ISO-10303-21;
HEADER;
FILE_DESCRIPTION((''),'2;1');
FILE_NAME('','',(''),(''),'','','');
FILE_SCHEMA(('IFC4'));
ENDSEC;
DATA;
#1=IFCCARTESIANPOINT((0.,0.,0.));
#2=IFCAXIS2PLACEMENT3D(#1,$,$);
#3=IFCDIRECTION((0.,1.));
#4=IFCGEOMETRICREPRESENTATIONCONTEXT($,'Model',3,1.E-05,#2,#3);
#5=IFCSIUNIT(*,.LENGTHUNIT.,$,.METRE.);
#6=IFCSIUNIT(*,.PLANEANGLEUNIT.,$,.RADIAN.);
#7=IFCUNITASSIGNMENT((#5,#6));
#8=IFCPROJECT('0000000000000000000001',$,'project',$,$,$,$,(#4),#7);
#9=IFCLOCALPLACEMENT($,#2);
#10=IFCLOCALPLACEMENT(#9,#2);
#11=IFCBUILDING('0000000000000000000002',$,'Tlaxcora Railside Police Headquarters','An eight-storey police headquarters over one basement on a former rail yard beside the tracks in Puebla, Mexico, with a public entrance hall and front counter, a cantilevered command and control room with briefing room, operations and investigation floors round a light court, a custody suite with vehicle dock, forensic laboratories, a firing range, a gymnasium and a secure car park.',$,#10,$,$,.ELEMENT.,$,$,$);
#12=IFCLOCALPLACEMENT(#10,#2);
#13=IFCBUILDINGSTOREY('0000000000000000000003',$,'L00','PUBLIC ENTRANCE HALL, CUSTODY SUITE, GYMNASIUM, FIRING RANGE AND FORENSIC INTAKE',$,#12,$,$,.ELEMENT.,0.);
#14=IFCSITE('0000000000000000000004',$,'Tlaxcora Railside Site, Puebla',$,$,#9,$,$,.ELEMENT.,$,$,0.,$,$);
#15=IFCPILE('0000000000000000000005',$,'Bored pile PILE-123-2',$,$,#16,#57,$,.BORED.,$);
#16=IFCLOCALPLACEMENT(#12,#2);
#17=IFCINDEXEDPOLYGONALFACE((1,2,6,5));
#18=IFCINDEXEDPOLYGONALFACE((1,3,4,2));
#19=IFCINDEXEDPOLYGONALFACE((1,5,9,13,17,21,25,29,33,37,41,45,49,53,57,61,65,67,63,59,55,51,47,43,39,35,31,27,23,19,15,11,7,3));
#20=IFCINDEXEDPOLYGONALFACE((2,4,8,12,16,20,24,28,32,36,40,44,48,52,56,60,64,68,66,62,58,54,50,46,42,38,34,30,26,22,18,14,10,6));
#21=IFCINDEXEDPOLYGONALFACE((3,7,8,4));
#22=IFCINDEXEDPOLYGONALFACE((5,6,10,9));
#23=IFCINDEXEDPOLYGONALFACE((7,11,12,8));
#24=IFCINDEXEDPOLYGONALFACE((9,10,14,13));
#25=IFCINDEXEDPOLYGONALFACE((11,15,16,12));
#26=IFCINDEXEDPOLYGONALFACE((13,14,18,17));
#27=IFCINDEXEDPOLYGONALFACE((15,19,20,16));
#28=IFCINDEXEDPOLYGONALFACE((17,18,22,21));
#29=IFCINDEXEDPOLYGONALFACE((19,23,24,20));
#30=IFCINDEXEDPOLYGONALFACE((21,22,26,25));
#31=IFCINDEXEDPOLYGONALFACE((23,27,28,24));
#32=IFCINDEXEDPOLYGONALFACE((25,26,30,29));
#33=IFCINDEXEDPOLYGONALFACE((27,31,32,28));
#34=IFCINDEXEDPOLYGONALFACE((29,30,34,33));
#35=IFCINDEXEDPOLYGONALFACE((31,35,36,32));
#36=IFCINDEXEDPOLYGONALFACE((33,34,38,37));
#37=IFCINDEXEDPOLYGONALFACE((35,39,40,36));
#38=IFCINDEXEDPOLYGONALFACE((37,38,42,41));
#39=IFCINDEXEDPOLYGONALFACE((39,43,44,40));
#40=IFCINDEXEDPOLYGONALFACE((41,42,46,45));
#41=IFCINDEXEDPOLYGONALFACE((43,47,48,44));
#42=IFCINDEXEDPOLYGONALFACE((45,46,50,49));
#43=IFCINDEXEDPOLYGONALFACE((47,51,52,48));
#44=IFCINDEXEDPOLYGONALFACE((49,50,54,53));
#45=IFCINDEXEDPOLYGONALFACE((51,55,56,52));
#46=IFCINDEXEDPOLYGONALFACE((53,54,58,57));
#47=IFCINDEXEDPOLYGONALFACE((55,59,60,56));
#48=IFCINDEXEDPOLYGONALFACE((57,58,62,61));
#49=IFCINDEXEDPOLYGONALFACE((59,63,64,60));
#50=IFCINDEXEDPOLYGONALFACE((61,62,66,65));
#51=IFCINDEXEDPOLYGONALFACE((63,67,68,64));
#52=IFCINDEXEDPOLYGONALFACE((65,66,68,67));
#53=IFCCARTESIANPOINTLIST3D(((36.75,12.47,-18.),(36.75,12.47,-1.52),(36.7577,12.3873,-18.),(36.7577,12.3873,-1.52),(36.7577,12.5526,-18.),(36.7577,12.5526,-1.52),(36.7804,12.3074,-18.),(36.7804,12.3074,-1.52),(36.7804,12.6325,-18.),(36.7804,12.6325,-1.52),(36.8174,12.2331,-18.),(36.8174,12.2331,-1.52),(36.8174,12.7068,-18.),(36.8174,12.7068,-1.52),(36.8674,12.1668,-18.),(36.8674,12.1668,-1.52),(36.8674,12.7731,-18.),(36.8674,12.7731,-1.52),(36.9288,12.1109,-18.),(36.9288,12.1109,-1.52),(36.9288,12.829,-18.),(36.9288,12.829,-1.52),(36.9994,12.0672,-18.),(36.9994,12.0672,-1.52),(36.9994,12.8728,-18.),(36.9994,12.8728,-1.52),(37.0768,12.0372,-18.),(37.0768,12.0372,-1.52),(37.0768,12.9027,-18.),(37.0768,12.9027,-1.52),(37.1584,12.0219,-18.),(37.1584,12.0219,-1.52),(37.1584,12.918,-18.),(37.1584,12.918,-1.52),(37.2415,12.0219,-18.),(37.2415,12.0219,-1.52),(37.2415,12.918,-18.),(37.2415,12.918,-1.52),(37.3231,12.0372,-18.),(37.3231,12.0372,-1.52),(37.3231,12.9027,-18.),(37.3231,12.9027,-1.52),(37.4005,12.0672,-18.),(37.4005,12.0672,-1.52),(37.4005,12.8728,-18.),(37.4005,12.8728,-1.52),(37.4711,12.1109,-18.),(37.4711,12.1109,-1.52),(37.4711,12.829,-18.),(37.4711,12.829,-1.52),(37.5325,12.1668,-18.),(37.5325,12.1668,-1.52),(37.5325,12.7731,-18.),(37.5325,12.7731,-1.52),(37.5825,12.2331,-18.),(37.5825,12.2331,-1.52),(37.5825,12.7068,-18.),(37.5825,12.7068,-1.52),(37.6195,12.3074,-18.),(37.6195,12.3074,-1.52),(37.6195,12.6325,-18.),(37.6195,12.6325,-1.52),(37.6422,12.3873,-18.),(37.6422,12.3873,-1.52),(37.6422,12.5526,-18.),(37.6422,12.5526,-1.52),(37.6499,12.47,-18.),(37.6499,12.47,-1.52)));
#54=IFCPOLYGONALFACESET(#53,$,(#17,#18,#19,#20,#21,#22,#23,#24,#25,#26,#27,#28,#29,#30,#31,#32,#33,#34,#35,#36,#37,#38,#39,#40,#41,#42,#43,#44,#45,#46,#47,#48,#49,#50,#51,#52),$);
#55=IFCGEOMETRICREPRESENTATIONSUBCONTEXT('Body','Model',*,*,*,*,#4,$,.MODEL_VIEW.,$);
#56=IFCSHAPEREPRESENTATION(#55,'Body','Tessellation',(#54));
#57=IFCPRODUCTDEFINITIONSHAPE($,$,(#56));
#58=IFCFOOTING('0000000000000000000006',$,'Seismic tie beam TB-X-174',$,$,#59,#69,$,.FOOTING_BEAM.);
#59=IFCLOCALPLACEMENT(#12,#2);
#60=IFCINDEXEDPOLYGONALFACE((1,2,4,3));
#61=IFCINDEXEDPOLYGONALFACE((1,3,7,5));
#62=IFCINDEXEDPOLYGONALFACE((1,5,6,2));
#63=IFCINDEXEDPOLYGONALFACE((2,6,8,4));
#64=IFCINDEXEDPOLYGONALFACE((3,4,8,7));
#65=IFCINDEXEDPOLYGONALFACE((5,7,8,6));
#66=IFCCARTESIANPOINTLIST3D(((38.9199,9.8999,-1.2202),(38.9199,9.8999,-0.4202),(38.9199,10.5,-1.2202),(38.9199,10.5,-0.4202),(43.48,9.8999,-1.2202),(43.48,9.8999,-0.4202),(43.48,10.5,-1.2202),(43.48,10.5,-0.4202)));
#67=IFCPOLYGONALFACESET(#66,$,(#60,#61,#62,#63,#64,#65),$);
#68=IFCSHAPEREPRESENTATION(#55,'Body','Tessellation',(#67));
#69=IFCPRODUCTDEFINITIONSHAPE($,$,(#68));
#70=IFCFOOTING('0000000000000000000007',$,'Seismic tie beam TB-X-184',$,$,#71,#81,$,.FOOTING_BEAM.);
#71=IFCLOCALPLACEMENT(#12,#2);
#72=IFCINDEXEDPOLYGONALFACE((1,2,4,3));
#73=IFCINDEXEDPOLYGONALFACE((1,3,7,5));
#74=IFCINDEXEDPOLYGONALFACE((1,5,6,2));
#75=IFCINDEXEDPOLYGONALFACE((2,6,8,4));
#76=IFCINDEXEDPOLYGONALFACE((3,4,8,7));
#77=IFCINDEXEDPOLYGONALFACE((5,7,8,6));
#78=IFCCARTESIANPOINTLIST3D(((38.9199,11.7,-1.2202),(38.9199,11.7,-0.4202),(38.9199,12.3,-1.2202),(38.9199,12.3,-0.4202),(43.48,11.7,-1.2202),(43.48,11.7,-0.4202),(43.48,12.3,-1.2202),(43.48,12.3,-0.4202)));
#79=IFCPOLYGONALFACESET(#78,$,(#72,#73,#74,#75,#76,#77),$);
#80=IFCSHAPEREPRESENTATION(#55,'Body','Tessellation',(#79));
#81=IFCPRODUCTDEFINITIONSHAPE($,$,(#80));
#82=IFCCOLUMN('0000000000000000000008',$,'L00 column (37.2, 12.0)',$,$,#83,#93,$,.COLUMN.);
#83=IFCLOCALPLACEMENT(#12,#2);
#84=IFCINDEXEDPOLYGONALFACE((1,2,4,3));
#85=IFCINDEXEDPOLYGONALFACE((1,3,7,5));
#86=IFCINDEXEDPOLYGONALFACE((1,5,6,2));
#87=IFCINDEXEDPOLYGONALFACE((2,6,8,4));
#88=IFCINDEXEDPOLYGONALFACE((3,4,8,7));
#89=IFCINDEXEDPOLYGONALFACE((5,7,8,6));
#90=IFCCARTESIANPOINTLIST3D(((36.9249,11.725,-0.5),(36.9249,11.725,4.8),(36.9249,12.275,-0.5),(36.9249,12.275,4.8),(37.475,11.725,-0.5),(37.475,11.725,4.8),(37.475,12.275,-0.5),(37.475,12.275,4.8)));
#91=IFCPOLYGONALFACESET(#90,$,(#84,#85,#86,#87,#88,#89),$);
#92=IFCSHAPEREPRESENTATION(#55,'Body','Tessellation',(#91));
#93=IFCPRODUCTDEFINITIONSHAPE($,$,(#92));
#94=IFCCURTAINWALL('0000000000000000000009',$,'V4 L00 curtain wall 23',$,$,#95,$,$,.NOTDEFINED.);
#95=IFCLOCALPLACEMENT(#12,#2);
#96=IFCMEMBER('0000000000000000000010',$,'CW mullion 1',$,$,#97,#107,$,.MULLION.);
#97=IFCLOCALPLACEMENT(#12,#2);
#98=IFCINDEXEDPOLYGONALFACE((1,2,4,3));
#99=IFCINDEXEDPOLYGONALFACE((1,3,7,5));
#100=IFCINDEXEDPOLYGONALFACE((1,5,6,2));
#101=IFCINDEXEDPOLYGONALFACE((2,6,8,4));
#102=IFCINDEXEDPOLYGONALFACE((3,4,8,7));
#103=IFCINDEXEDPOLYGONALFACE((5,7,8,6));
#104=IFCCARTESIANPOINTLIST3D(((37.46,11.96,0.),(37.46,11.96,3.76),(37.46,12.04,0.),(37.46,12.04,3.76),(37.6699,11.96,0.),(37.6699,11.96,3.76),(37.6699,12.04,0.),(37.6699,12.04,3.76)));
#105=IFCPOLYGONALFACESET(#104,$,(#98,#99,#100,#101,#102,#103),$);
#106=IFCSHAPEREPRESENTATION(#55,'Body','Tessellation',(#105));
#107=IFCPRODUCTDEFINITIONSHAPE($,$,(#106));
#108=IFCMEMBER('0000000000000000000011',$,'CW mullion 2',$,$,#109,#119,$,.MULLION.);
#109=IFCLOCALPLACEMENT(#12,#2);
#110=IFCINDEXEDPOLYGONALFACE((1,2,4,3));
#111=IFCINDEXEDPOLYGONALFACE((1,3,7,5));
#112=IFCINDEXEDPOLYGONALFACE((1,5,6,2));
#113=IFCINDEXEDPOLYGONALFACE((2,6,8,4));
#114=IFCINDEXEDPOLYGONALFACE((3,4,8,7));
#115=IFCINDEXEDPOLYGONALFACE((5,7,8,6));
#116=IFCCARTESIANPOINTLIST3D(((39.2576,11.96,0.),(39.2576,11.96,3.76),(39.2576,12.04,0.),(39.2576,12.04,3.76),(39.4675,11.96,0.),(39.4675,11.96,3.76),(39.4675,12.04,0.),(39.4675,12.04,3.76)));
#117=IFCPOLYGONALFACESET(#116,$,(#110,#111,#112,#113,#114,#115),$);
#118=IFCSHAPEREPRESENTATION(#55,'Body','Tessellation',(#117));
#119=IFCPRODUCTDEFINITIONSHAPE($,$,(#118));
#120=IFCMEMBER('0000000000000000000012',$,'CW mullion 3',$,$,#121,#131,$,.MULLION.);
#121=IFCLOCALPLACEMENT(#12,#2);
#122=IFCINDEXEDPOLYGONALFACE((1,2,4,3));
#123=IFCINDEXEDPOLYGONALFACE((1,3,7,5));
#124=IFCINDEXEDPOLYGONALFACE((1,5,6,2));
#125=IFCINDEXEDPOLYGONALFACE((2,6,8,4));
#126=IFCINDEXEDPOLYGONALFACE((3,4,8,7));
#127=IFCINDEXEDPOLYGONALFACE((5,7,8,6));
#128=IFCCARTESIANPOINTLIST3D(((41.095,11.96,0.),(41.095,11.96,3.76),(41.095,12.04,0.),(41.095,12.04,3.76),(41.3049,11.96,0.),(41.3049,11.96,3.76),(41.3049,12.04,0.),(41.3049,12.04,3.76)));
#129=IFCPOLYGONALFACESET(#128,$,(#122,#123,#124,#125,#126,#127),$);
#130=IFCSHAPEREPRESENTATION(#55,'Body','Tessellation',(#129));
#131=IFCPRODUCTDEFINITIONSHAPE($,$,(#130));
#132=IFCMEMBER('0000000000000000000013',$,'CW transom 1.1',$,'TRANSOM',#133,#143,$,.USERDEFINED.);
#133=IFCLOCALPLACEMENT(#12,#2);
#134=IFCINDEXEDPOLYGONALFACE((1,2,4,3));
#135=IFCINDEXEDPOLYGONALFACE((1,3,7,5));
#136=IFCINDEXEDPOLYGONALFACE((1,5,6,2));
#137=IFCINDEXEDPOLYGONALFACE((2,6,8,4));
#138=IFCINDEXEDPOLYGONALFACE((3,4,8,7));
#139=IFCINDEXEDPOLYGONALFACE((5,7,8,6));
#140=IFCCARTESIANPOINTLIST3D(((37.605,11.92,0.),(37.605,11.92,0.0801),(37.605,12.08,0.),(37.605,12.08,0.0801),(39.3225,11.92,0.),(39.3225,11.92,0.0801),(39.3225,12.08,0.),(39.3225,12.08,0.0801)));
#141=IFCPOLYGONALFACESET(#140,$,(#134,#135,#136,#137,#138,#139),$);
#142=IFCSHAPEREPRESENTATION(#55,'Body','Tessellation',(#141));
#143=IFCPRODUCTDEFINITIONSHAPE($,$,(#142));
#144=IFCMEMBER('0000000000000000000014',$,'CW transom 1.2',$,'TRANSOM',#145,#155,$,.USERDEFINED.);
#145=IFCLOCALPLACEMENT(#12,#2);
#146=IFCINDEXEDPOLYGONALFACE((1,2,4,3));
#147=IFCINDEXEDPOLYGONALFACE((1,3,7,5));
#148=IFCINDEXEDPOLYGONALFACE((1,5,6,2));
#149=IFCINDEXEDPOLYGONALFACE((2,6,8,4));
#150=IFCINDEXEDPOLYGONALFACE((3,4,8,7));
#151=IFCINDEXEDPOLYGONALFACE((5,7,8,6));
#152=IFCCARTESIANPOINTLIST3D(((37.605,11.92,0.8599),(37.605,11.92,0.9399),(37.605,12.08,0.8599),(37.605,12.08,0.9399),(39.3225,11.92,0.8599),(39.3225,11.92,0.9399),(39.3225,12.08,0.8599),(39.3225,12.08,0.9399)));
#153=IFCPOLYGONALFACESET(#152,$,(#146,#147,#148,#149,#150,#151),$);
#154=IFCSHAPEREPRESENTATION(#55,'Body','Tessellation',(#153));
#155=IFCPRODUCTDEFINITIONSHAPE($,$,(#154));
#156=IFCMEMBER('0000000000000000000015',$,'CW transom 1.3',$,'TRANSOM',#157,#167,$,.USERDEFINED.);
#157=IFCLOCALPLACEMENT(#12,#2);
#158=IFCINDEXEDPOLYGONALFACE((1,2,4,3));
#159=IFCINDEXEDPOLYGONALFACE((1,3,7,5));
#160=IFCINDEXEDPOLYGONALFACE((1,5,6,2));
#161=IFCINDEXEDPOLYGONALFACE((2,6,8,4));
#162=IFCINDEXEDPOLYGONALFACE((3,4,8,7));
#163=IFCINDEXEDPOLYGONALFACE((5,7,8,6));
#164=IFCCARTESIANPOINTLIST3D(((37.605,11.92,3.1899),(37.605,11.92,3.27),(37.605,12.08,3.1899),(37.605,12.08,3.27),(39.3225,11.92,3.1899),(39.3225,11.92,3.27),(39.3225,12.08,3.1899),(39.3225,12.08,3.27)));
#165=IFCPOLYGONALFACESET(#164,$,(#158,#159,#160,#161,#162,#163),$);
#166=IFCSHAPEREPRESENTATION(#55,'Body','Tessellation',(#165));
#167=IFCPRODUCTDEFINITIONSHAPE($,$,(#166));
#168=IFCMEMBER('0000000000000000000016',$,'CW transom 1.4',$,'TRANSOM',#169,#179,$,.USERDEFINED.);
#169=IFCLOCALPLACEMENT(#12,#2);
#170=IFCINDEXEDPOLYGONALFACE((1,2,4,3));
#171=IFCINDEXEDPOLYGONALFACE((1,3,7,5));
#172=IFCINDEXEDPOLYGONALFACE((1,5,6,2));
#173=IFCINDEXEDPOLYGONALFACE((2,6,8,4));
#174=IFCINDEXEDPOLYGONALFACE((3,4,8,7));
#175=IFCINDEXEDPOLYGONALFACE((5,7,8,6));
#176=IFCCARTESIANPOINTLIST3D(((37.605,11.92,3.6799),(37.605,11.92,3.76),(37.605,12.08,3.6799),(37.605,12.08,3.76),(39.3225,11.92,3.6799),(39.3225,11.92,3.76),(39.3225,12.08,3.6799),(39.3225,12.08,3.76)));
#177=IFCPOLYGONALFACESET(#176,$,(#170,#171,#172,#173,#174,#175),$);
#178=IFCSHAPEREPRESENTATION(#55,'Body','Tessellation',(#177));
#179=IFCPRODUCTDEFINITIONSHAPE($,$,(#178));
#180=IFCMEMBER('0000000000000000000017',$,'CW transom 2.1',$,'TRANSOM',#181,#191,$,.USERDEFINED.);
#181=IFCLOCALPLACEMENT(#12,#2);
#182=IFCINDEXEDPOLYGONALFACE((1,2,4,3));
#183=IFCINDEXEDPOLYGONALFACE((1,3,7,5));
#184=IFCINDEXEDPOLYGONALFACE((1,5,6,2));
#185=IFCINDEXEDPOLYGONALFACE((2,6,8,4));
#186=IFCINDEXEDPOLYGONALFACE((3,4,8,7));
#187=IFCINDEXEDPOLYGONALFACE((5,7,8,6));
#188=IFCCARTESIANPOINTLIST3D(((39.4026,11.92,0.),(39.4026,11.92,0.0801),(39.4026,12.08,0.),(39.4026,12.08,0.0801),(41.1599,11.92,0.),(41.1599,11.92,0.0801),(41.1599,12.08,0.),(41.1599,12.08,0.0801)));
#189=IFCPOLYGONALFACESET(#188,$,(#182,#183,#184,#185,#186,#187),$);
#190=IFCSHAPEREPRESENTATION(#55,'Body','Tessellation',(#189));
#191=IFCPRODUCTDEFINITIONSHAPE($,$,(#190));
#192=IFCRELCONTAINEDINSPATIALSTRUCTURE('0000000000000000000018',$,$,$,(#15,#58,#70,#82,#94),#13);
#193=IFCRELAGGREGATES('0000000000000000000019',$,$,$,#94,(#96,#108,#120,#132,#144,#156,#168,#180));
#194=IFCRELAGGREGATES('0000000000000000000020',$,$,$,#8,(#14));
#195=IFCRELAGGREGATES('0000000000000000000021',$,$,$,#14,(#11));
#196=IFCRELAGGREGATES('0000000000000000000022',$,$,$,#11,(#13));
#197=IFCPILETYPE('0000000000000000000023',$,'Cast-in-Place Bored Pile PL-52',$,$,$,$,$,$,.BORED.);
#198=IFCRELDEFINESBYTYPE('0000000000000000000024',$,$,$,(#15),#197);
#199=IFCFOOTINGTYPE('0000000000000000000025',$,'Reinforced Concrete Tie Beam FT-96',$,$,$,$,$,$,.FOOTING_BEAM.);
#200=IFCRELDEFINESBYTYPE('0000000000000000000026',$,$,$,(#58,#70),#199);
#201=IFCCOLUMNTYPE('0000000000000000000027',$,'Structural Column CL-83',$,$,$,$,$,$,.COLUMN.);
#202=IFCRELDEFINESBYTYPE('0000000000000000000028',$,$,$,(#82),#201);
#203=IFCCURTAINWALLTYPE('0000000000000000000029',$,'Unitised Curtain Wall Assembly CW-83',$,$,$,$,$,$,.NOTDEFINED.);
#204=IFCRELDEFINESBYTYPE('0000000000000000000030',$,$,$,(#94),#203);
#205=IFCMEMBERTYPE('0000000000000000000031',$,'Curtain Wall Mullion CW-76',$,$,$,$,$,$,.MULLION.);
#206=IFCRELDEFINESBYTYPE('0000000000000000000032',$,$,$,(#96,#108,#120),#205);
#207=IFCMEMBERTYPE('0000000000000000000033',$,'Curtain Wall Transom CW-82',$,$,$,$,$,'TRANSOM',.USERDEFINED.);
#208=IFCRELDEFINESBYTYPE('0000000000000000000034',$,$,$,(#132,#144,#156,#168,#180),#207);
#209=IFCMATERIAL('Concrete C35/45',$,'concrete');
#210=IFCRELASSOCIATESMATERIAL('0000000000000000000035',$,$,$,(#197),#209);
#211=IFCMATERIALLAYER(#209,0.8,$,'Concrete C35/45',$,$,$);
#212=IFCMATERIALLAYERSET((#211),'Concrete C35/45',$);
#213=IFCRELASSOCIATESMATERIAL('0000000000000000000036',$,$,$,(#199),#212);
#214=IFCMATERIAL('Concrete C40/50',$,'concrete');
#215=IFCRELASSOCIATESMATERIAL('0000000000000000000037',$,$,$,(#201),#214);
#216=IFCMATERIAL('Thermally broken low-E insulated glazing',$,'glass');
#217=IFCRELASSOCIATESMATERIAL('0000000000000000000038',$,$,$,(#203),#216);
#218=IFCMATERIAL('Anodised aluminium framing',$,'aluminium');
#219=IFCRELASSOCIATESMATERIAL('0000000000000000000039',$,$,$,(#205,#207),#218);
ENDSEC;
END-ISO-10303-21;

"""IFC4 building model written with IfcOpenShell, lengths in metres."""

from ifc_helpers import new_model, si_unit, direction, frame, origin, origin_2d, place, context, subcontext, project, spatial, rectangle, circle, extrude, material, layer, layer_set, material_profile, profile_set, type_object, element, aggregate, save


model = new_model("IFC4")

# Units and contexts
model_context = context("Model", 3, precision=1e-05, world=origin(), true_north=direction((0.0, 1.0)))
body_context = subcontext(model_context, "Body", "Model", "MODEL_VIEW")
ifc_project = project(units=[si_unit("LENGTHUNIT", "METRE"), si_unit("PLANEANGLEUNIT", "RADIAN")], contexts=[model_context])

# Site, building, storey
site_placement = place(None, origin())
site = spatial("IfcSite", under=ifc_project, at=site_placement, Name="Tlaxcora Railside Site, Puebla", CompositionType="ELEMENT", RefElevation=0.0)
building_placement = place(site_placement, origin())
building = spatial("IfcBuilding", under=site, at=building_placement, Name="Tlaxcora Railside Police Headquarters", Description="An eight-storey police headquarters over one basement on a former rail yard beside the tracks in Puebla, Mexico, with a public entrance hall and front counter, a cantilevered command and control room with briefing room, operations and investigation floors round a light court, a custody suite with vehicle dock, forensic laboratories, a firing range, a gymnasium and a secure car park.", CompositionType="ELEMENT")
storey_placement = place(building_placement, origin())
storey = spatial("IfcBuildingStorey", under=building, at=storey_placement, Name="L00", Description="PUBLIC ENTRANCE HALL, CUSTODY SUITE, GYMNASIUM, FIRING RANGE AND FORENSIC INTAKE", CompositionType="ELEMENT", Elevation=0.0)

# Pile
ifc_material_1 = material(Name="Concrete C35/45", Category="concrete")
ifc_material_profile_1 = material_profile(ifc_material_1, circle(Radius=0.45, at=origin_2d()), Name="PILE900")
ifc_profile_set_1 = profile_set([ifc_material_profile_1], Name="Concrete C35/45")
pile_type = type_object("IfcPileType", Name="Cast-in-Place Bored Pile PL-52", PredefinedType="BORED", material=ifc_profile_set_1)
pile_placement = place(storey_placement, frame((37.2, 12.47, -1.52), z_axis=(0.0, 0.0, -1.0), x_axis=(1.0, 0.0, 0.0)))
element("IfcPile", 1, at=pile_placement, inside=storey, type_object=pile_type, Name="Bored pile PILE-123-2", PredefinedType="BORED", context=body_context, shape_type="SweptSolid", body=[
    extrude(circle(Radius=0.45, at=origin_2d()), origin(), (0.0, 0.0, 1.0), 16.48),
])

# Footings
ifc_layer_1 = layer(ifc_material_1, 0.8, Name="Concrete C35/45")
ifc_layer_set_1 = layer_set([ifc_layer_1], Name="Concrete C35/45")
footing_type = type_object("IfcFootingType", Name="Reinforced Concrete Tie Beam FT-96", PredefinedType="FOOTING_BEAM", material=ifc_layer_set_1)
for number, where, z_axis, x_axis, name in (
    (2, (41.2, 10.2, -1.2202), (0.0, 0.0, 1.0), (1.0, 0.0, 0.0), "Seismic tie beam TB-X-174"),
    (3, (41.2, 12.0, -1.2202), (0.0, 0.0, 1.0), (1.0, 0.0, 0.0), "Seismic tie beam TB-X-184"),
):
    element("IfcFooting", number, at=place(storey_placement, frame(where, z_axis=z_axis, x_axis=x_axis)), inside=storey, type_object=footing_type, Name=name, PredefinedType="FOOTING_BEAM", context=body_context, shape_type="SweptSolid", body=[
        extrude(rectangle(XDim=4.5601, YDim=0.6001, at=origin_2d()), origin(), (0.0, 0.0, 1.0), 0.8),
    ])

# Column
ifc_material_2 = material(Name="Concrete C40/50", Category="concrete")
ifc_material_profile_2 = material_profile(ifc_material_2, rectangle(XDim=0.55, YDim=0.55, at=origin_2d()), Name="RC550X550")
ifc_profile_set_2 = profile_set([ifc_material_profile_2], Name="Concrete C40/50")
column_type = type_object("IfcColumnType", Name="Structural Column CL-83", PredefinedType="COLUMN", material=ifc_profile_set_2)
column_placement = place(storey_placement, frame((37.2, 12.0, -0.5), z_axis=(0.0, 0.0, 1.0), x_axis=(1.0, 0.0, 0.0)))
element("IfcColumn", 4, at=column_placement, inside=storey, type_object=column_type, Name="L00 column (37.2, 12.0)", PredefinedType="COLUMN", context=body_context, shape_type="SweptSolid", body=[
    extrude(rectangle(XDim=0.55, YDim=0.55, at=origin_2d()), origin(), (0.0, 0.0, 1.0), 5.3),
])

# Curtain wall, members
ifc_material_3 = material(Name="Thermally broken low-E insulated glazing", Category="glass")
curtain_wall_type = type_object("IfcCurtainWallType", Name="Unitised Curtain Wall Assembly CW-83", PredefinedType="NOTDEFINED", material=ifc_material_3)
curtain_wall_placement = place(storey_placement, origin())
curtain_wall = element("IfcCurtainWall", 5, at=curtain_wall_placement, inside=storey, type_object=curtain_wall_type, Name="V4 L00 curtain wall 23", PredefinedType="NOTDEFINED")
ifc_material_4 = material(Name="Anodised aluminium framing", Category="aluminium")
ifc_material_profile_3 = material_profile(ifc_material_4, rectangle(XDim=0.0801, YDim=0.21, at=origin_2d()), Name="AL80X210")
ifc_profile_set_3 = profile_set([ifc_material_profile_3], Name="Anodised aluminium framing")
member_type_1 = type_object("IfcMemberType", Name="Curtain Wall Mullion CW-76", PredefinedType="MULLION", material=ifc_profile_set_3)
member_1_placement = place(storey_placement, frame((37.5649, 12.0, 0.0), z_axis=(0.0, 0.0, 1.0), x_axis=(0.0, 1.0, 0.0)))
member_1 = element("IfcMember", 6, at=member_1_placement, type_object=member_type_1, Name="CW mullion 1", PredefinedType="MULLION", context=body_context, shape_type="SweptSolid", body=[
    extrude(rectangle(XDim=0.0801, YDim=0.21, at=origin_2d()), origin(), (0.0, 0.0, 1.0), 3.76),
])
member_2_placement = place(storey_placement, frame((39.3625, 12.0, 0.0), z_axis=(0.0, 0.0, 1.0), x_axis=(0.0, 1.0, 0.0)))
member_2 = element("IfcMember", 7, at=member_2_placement, type_object=member_type_1, Name="CW mullion 2", PredefinedType="MULLION", context=body_context, shape_type="SweptSolid", body=[
    extrude(rectangle(XDim=0.0801, YDim=0.21, at=origin_2d()), origin(), (0.0, 0.0, 1.0), 3.76),
])
member_3_placement = place(storey_placement, frame((41.2, 12.0, 0.0), z_axis=(0.0, 0.0, 1.0), x_axis=(0.0, 1.0, 0.0)))
member_3 = element("IfcMember", 8, at=member_3_placement, type_object=member_type_1, Name="CW mullion 3", PredefinedType="MULLION", context=body_context, shape_type="SweptSolid", body=[
    extrude(rectangle(XDim=0.0801, YDim=0.21, at=origin_2d()), origin(), (0.0, 0.0, 1.0), 3.76),
])
ifc_material_profile_4 = material_profile(ifc_material_4, rectangle(XDim=0.1599, YDim=0.0801, at=origin_2d()), Name="AL80X160")
ifc_profile_set_4 = profile_set([ifc_material_profile_4], Name="Anodised aluminium framing")
member_type_2 = type_object("IfcMemberType", Name="Curtain Wall Transom CW-82", ElementType="TRANSOM", PredefinedType="USERDEFINED", material=ifc_profile_set_4)
member_4_placement = place(storey_placement, frame((37.605, 12.0, 0.04), z_axis=(1.0, 0.0, 0.0), x_axis=(0.0, 1.0, 0.0)))
member_4 = element("IfcMember", 9, at=member_4_placement, type_object=member_type_2, Name="CW transom 1.1", ObjectType="TRANSOM", PredefinedType="USERDEFINED", context=body_context, shape_type="SweptSolid", body=[
    extrude(rectangle(XDim=0.1599, YDim=0.0801, at=origin_2d()), origin(), (0.0, 0.0, 1.0), 1.7175),
])
member_5_placement = place(storey_placement, frame((37.605, 12.0, 0.8999), z_axis=(1.0, 0.0, 0.0), x_axis=(0.0, 1.0, 0.0)))
member_5 = element("IfcMember", 10, at=member_5_placement, type_object=member_type_2, Name="CW transom 1.2", ObjectType="TRANSOM", PredefinedType="USERDEFINED", context=body_context, shape_type="SweptSolid", body=[
    extrude(rectangle(XDim=0.1599, YDim=0.0801, at=origin_2d()), origin(), (0.0, 0.0, 1.0), 1.7175),
])
member_6_placement = place(storey_placement, frame((37.605, 12.0, 3.23), z_axis=(1.0, 0.0, 0.0), x_axis=(0.0, 1.0, 0.0)))
member_6 = element("IfcMember", 11, at=member_6_placement, type_object=member_type_2, Name="CW transom 1.3", ObjectType="TRANSOM", PredefinedType="USERDEFINED", context=body_context, shape_type="SweptSolid", body=[
    extrude(rectangle(XDim=0.1599, YDim=0.0801, at=origin_2d()), origin(), (0.0, 0.0, 1.0), 1.7175),
])
member_7_placement = place(storey_placement, frame((37.605, 12.0, 3.72), z_axis=(1.0, 0.0, 0.0), x_axis=(0.0, 1.0, 0.0)))
member_7 = element("IfcMember", 12, at=member_7_placement, type_object=member_type_2, Name="CW transom 1.4", ObjectType="TRANSOM", PredefinedType="USERDEFINED", context=body_context, shape_type="SweptSolid", body=[
    extrude(rectangle(XDim=0.1599, YDim=0.0801, at=origin_2d()), origin(), (0.0, 0.0, 1.0), 1.7175),
])
member_8_placement = place(storey_placement, frame((39.4026, 12.0, 0.04), z_axis=(1.0, 0.0, 0.0), x_axis=(0.0, 1.0, 0.0)))
member_8 = element("IfcMember", 13, at=member_8_placement, type_object=member_type_2, Name="CW transom 2.1", ObjectType="TRANSOM", PredefinedType="USERDEFINED", context=body_context, shape_type="SweptSolid", body=[
    extrude(rectangle(XDim=0.1599, YDim=0.0801, at=origin_2d()), origin(), (0.0, 0.0, 1.0), 1.7573),
])

aggregate(curtain_wall, [member_1, member_2, member_3, member_4, member_5, member_6, member_7, member_8])

save(model, "model.ifc")
